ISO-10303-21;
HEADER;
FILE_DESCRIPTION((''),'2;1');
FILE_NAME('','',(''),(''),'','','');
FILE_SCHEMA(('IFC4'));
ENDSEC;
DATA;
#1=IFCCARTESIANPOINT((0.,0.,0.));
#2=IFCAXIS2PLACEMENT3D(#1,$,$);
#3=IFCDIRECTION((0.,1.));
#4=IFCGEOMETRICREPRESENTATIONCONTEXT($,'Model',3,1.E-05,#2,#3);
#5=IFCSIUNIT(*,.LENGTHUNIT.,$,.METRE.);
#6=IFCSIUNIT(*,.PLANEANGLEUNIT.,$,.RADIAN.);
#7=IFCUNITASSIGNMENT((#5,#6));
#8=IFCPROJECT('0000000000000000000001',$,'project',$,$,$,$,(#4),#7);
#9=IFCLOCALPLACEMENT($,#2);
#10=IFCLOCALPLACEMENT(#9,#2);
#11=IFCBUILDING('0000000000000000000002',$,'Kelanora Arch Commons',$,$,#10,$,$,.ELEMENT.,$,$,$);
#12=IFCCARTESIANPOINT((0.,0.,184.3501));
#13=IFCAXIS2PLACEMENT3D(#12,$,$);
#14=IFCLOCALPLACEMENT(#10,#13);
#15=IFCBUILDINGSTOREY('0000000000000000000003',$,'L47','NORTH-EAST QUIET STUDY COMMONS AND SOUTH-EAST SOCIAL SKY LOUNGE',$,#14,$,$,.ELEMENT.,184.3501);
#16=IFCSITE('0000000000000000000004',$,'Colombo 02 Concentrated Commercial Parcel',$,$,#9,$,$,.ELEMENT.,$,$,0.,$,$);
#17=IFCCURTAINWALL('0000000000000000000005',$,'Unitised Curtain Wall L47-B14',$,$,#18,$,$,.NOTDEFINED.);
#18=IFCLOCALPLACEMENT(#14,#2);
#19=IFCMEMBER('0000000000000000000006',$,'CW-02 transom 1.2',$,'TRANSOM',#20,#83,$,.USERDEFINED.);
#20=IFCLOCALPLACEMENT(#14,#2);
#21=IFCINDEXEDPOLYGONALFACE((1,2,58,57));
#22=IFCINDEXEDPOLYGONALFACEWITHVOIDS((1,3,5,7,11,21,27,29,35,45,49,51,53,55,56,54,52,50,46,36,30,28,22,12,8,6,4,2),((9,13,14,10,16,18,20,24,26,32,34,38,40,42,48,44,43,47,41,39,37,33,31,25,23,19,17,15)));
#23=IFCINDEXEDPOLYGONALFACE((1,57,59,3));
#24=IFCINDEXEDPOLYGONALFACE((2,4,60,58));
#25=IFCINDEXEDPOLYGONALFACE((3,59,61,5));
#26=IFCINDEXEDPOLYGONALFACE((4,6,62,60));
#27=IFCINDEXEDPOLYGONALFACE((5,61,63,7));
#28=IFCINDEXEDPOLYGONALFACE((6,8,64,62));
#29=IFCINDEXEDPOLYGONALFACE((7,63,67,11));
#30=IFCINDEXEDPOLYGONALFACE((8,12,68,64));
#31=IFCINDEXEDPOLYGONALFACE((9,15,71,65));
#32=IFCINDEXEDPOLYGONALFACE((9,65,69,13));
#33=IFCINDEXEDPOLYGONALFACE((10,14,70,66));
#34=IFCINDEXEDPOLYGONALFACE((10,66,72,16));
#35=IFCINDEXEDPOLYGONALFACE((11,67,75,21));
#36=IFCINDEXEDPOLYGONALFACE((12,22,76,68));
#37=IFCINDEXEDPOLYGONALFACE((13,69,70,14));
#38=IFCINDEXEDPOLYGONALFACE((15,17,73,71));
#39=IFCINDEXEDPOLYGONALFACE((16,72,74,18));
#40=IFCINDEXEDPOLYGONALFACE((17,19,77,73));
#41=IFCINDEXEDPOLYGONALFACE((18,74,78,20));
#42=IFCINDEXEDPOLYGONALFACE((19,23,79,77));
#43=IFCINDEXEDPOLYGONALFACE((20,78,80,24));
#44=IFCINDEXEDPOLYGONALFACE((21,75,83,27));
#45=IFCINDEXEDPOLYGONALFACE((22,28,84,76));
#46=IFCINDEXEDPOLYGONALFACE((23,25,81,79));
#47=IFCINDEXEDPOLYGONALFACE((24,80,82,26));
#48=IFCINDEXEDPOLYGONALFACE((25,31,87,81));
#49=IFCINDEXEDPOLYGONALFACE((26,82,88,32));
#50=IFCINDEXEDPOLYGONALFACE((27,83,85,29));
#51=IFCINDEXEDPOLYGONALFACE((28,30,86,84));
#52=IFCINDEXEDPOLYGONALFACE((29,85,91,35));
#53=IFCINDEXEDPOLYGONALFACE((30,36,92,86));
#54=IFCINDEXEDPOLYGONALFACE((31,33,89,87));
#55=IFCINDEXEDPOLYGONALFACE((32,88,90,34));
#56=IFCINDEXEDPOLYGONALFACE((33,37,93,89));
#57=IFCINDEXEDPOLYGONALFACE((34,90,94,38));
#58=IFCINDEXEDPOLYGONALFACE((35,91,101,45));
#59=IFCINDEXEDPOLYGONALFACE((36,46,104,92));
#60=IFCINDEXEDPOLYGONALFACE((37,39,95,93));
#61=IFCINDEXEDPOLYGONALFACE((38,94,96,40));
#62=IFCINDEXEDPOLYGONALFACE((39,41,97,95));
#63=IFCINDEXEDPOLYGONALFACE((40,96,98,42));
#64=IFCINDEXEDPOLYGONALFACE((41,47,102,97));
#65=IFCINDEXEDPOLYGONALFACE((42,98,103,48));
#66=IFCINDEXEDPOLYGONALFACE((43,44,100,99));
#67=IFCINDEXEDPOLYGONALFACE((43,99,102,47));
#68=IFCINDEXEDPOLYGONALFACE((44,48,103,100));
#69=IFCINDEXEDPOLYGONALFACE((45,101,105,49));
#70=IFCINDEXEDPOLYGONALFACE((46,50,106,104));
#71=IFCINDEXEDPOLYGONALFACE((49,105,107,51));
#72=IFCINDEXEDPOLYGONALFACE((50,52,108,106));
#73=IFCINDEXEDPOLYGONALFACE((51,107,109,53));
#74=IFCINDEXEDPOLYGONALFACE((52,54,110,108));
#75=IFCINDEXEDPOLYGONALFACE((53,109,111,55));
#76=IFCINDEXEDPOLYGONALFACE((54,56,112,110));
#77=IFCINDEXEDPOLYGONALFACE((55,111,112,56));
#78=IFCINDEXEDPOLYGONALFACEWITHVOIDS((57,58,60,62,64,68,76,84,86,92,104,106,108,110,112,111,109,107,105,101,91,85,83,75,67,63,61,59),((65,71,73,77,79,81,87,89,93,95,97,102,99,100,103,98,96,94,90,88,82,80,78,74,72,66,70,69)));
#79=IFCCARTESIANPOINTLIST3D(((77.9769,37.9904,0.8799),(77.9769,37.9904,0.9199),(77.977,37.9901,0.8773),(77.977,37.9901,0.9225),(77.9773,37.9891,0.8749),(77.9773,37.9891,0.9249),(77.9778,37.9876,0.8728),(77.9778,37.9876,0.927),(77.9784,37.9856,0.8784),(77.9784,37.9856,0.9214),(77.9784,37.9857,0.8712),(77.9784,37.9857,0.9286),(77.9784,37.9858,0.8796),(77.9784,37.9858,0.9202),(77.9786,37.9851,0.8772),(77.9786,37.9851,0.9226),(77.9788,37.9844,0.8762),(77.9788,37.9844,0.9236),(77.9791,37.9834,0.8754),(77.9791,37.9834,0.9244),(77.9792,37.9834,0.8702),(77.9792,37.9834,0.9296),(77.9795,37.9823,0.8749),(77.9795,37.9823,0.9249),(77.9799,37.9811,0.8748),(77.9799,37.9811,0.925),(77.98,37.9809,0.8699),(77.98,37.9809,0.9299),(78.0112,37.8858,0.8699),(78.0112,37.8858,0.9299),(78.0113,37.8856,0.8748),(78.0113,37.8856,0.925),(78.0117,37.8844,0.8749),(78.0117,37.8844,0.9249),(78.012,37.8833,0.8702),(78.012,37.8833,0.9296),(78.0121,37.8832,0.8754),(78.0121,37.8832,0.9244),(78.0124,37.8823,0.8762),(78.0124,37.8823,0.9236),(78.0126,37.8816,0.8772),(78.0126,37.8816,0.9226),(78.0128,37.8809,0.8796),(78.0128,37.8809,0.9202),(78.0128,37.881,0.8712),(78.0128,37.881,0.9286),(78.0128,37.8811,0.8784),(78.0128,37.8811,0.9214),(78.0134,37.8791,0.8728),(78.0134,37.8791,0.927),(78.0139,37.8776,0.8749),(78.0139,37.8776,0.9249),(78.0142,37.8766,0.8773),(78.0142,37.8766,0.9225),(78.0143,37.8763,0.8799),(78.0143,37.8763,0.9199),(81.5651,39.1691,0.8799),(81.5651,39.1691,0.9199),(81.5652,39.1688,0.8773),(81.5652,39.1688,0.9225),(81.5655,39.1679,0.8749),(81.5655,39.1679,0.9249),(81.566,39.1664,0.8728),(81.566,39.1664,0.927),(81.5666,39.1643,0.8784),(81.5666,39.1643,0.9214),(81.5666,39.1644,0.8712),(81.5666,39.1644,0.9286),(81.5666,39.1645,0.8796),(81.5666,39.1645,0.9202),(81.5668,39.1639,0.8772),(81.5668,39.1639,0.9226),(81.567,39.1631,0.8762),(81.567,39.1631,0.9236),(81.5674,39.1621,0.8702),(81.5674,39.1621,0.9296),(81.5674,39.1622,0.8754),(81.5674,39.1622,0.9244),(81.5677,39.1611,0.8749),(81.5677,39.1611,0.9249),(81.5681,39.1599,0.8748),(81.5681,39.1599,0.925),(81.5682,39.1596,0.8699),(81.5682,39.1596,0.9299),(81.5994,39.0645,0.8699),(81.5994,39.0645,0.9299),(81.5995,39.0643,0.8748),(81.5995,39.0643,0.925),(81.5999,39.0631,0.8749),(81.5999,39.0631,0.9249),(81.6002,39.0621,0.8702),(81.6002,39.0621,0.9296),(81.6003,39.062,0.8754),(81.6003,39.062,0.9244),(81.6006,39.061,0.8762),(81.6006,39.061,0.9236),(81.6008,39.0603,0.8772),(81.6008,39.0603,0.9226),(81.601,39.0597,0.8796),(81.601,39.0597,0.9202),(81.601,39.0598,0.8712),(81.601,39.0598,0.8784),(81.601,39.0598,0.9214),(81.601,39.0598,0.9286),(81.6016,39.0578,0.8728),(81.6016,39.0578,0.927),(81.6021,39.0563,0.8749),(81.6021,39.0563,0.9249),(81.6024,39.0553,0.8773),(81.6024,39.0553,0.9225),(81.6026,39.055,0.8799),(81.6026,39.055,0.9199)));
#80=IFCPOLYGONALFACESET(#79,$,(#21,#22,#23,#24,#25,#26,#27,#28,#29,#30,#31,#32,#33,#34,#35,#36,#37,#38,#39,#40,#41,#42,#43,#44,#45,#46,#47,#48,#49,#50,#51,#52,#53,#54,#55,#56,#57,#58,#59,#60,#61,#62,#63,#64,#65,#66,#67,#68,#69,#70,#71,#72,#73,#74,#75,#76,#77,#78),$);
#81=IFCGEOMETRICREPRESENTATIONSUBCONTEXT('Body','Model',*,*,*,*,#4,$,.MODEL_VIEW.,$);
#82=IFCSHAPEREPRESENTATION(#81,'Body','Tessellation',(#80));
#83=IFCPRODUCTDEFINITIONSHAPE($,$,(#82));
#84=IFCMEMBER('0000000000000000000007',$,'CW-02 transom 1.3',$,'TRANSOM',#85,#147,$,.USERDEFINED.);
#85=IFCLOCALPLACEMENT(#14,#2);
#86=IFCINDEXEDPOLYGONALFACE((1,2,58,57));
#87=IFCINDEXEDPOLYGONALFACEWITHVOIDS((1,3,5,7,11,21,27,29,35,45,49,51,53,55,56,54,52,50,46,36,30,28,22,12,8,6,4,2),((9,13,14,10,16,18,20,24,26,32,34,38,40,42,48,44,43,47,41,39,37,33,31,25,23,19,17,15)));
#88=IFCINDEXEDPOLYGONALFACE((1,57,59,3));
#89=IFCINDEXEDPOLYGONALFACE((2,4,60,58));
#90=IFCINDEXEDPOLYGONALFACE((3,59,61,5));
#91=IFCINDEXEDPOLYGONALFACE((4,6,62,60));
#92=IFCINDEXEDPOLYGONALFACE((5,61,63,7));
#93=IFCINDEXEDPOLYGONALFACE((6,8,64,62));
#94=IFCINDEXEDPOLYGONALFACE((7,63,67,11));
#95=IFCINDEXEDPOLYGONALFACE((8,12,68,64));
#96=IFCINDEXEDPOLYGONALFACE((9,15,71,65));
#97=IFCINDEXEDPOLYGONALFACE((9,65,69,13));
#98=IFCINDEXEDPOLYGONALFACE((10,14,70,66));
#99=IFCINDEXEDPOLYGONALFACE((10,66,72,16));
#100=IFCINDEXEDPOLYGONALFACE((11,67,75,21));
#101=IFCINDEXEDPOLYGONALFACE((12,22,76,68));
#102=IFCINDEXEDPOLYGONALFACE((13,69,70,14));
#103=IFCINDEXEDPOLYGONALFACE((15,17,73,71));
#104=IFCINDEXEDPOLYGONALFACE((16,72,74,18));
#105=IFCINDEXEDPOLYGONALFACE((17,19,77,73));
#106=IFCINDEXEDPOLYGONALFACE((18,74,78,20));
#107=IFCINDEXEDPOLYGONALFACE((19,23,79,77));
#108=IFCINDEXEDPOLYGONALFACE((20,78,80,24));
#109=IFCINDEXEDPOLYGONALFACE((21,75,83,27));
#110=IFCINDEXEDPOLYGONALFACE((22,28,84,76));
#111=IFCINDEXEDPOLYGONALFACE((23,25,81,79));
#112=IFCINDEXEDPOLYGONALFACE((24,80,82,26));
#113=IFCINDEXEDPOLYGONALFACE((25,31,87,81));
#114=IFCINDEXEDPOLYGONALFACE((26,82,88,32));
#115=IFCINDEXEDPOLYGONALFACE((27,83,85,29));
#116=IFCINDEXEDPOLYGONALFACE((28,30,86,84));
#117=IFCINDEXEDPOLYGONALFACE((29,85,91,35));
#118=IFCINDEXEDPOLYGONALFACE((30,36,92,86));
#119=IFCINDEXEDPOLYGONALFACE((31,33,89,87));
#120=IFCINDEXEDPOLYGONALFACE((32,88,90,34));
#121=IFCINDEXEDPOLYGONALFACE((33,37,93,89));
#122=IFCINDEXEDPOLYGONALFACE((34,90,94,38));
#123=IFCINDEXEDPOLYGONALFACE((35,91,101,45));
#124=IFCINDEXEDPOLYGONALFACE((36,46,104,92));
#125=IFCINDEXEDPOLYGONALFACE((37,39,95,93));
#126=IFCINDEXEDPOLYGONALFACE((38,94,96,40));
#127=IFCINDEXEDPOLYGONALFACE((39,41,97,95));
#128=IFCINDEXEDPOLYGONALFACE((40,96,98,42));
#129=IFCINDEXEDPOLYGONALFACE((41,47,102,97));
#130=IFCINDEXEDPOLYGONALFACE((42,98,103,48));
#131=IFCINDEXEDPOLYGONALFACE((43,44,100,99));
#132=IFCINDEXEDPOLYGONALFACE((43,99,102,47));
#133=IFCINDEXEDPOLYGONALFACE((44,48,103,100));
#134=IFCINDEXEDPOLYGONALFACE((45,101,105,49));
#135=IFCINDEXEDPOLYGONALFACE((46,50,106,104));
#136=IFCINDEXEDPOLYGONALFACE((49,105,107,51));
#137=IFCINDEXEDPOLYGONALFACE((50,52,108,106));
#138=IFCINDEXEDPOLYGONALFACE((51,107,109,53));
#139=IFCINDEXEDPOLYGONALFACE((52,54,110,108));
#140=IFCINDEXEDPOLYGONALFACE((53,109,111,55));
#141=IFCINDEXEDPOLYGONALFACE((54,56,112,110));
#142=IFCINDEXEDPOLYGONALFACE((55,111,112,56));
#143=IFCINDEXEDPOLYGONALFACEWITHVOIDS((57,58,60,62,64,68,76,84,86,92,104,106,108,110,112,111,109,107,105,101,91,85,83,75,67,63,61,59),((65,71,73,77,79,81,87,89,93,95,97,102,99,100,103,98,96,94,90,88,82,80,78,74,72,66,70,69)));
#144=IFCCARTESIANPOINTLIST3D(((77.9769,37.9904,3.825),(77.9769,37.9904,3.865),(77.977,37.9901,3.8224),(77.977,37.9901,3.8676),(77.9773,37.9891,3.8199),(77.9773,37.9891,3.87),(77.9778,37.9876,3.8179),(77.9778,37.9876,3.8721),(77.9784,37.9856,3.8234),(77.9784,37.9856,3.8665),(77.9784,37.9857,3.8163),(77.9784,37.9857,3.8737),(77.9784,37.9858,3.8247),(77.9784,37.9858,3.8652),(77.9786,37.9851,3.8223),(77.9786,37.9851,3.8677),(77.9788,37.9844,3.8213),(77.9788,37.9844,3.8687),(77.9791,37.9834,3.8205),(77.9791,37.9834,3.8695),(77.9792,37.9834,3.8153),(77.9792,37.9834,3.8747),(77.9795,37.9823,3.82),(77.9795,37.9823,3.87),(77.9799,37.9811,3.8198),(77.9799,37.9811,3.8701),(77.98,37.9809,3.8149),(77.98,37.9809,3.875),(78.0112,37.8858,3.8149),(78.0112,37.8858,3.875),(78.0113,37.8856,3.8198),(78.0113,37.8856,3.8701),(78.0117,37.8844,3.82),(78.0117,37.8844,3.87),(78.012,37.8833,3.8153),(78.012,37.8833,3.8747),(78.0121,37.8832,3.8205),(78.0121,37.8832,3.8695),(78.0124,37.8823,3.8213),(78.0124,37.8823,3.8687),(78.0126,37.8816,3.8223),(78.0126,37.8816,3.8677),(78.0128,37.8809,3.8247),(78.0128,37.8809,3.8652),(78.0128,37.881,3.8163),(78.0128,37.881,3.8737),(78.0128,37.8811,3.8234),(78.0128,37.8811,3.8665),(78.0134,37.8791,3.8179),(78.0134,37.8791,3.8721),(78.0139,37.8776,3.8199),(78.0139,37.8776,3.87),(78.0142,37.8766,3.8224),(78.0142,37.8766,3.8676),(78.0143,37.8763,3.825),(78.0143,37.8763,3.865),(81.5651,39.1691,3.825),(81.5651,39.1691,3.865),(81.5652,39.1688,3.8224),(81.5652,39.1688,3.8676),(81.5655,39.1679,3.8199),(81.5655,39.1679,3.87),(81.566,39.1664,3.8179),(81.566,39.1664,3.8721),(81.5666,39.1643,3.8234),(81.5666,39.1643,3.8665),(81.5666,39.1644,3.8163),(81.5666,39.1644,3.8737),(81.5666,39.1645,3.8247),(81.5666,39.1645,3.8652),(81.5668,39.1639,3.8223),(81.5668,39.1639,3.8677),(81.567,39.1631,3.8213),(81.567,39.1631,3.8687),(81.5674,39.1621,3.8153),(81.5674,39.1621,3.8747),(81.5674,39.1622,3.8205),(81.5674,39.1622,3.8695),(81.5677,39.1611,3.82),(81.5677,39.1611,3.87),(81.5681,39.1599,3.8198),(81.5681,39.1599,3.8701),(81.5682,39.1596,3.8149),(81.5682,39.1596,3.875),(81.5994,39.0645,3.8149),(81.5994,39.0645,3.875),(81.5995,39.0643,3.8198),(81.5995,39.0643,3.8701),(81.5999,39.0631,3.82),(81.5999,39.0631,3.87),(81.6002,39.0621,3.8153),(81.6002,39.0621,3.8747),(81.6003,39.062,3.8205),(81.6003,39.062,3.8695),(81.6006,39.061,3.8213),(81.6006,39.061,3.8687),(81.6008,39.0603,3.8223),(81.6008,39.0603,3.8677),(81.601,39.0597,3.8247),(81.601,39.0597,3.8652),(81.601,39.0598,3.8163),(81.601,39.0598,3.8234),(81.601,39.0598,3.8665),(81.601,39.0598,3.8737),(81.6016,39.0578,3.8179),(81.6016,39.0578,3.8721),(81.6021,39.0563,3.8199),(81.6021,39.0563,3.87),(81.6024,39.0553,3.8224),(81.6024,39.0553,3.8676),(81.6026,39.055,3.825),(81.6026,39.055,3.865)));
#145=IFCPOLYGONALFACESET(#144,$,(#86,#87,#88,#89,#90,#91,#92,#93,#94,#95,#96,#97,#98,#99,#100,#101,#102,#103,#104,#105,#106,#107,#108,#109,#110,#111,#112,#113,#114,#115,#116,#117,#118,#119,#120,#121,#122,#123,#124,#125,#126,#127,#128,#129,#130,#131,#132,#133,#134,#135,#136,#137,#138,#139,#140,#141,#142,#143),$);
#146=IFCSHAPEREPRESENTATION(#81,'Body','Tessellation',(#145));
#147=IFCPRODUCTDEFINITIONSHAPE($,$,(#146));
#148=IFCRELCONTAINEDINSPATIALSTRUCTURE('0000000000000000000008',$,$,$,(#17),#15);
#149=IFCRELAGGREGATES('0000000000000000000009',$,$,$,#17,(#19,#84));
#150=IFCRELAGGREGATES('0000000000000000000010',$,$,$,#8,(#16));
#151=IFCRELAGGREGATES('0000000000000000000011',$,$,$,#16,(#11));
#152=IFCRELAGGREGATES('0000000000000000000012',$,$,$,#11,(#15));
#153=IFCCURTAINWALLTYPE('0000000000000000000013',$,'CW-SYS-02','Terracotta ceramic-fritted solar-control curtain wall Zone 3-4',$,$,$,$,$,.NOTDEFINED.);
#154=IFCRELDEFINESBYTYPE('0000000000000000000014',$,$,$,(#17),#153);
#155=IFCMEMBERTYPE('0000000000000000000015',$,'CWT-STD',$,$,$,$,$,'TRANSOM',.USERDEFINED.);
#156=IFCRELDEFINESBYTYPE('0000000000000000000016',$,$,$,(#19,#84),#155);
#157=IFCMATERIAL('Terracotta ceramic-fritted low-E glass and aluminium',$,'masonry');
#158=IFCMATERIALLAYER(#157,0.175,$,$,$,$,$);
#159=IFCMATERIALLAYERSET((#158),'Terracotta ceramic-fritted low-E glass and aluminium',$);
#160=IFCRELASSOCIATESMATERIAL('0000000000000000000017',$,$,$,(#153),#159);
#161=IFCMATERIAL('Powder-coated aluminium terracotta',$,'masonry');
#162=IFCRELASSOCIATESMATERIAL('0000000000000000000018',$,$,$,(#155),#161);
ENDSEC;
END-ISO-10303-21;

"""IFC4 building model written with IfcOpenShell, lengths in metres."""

from ifc_helpers import new_model, si_unit, direction, frame, origin, origin_2d, place, context, subcontext, project, spatial, hollow_rectangle, extrude, material, layer, layer_set, material_profile, profile_set, type_object, element, aggregate, save


model = new_model("IFC4")

# Units and contexts
model_context = context("Model", 3, precision=1e-05, world=origin(), true_north=direction((0.0, 1.0)))
body_context = subcontext(model_context, "Body", "Model", "MODEL_VIEW")
ifc_project = project(units=[si_unit("LENGTHUNIT", "METRE"), si_unit("PLANEANGLEUNIT", "RADIAN")], contexts=[model_context])

# Site, building, storey
site_placement = place(None, origin())
site = spatial("IfcSite", under=ifc_project, at=site_placement, Name="Colombo 02 Concentrated Commercial Parcel", CompositionType="ELEMENT", RefElevation=0.0)
building_placement = place(site_placement, origin())
building = spatial("IfcBuilding", under=site, at=building_placement, Name="Kelanora Arch Commons", CompositionType="ELEMENT")
storey_placement = place(building_placement, frame((0.0, 0.0, 184.3501)))
storey = spatial("IfcBuildingStorey", under=building, at=storey_placement, Name="L47", Description="NORTH-EAST QUIET STUDY COMMONS AND SOUTH-EAST SOCIAL SKY LOUNGE", CompositionType="ELEMENT", Elevation=184.3501)

# Curtain wall, members
ifc_material_1 = material(Name="Terracotta ceramic-fritted low-E glass and aluminium", Category="masonry")
ifc_layer_1 = layer(ifc_material_1, 0.175)
ifc_layer_set_1 = layer_set([ifc_layer_1], Name="Terracotta ceramic-fritted low-E glass and aluminium")
curtain_wall_type = type_object("IfcCurtainWallType", Name="CW-SYS-02", Description="Terracotta ceramic-fritted solar-control curtain wall Zone 3-4", PredefinedType="NOTDEFINED", material=ifc_layer_set_1)
curtain_wall_placement = place(storey_placement, origin())
curtain_wall = element("IfcCurtainWall", 1, at=curtain_wall_placement, inside=storey, type_object=curtain_wall_type, Name="Unitised Curtain Wall L47-B14", PredefinedType="NOTDEFINED")
ifc_material_2 = material(Name="Powder-coated aluminium terracotta", Category="masonry")
ifc_material_profile_1 = material_profile(ifc_material_2, hollow_rectangle(XDim=0.1201, YDim=0.0601, WallThickness=0.0049, InnerFilletRadius=0.0049, OuterFilletRadius=0.01, at=origin_2d()), Name="CWT120x60")
ifc_profile_set_1 = profile_set([ifc_material_profile_1], Name="Powder-coated aluminium terracotta")
member_type_1 = type_object("IfcMemberType", Name="CWT-STD", ElementType="TRANSOM", PredefinedType="USERDEFINED", material=ifc_profile_set_1)
member_1_placement = place(storey_placement, frame((77.9956, 37.9333, 0.8999), z_axis=(0.950051, 0.312094, 0.0), x_axis=(-0.312094, 0.950051, 0.0)))
member_1 = element("IfcMember", 2, at=member_1_placement, type_object=member_type_1, Name="CW-02 transom 1.2", ObjectType="TRANSOM", PredefinedType="USERDEFINED", context=body_context, shape_type="SweptSolid", body=[
    extrude(hollow_rectangle(XDim=0.1201, YDim=0.0601, WallThickness=0.0049, InnerFilletRadius=0.0049, OuterFilletRadius=0.01, at=origin_2d()), origin(), (0.0, 0.0, 1.0), 3.7769),
])
member_2_placement = place(storey_placement, frame((77.9956, 37.9333, 3.845), z_axis=(0.950051, 0.312094, 0.0), x_axis=(-0.312094, 0.950051, 0.0)))
member_2 = element("IfcMember", 3, at=member_2_placement, type_object=member_type_1, Name="CW-02 transom 1.3", ObjectType="TRANSOM", PredefinedType="USERDEFINED", context=body_context, shape_type="SweptSolid", body=[
    extrude(hollow_rectangle(XDim=0.1201, YDim=0.0601, WallThickness=0.0049, InnerFilletRadius=0.0049, OuterFilletRadius=0.01, at=origin_2d()), origin(), (0.0, 0.0, 1.0), 3.7769),
])
aggregate(curtain_wall, [member_1, member_2])

save(model, "model.ifc")
